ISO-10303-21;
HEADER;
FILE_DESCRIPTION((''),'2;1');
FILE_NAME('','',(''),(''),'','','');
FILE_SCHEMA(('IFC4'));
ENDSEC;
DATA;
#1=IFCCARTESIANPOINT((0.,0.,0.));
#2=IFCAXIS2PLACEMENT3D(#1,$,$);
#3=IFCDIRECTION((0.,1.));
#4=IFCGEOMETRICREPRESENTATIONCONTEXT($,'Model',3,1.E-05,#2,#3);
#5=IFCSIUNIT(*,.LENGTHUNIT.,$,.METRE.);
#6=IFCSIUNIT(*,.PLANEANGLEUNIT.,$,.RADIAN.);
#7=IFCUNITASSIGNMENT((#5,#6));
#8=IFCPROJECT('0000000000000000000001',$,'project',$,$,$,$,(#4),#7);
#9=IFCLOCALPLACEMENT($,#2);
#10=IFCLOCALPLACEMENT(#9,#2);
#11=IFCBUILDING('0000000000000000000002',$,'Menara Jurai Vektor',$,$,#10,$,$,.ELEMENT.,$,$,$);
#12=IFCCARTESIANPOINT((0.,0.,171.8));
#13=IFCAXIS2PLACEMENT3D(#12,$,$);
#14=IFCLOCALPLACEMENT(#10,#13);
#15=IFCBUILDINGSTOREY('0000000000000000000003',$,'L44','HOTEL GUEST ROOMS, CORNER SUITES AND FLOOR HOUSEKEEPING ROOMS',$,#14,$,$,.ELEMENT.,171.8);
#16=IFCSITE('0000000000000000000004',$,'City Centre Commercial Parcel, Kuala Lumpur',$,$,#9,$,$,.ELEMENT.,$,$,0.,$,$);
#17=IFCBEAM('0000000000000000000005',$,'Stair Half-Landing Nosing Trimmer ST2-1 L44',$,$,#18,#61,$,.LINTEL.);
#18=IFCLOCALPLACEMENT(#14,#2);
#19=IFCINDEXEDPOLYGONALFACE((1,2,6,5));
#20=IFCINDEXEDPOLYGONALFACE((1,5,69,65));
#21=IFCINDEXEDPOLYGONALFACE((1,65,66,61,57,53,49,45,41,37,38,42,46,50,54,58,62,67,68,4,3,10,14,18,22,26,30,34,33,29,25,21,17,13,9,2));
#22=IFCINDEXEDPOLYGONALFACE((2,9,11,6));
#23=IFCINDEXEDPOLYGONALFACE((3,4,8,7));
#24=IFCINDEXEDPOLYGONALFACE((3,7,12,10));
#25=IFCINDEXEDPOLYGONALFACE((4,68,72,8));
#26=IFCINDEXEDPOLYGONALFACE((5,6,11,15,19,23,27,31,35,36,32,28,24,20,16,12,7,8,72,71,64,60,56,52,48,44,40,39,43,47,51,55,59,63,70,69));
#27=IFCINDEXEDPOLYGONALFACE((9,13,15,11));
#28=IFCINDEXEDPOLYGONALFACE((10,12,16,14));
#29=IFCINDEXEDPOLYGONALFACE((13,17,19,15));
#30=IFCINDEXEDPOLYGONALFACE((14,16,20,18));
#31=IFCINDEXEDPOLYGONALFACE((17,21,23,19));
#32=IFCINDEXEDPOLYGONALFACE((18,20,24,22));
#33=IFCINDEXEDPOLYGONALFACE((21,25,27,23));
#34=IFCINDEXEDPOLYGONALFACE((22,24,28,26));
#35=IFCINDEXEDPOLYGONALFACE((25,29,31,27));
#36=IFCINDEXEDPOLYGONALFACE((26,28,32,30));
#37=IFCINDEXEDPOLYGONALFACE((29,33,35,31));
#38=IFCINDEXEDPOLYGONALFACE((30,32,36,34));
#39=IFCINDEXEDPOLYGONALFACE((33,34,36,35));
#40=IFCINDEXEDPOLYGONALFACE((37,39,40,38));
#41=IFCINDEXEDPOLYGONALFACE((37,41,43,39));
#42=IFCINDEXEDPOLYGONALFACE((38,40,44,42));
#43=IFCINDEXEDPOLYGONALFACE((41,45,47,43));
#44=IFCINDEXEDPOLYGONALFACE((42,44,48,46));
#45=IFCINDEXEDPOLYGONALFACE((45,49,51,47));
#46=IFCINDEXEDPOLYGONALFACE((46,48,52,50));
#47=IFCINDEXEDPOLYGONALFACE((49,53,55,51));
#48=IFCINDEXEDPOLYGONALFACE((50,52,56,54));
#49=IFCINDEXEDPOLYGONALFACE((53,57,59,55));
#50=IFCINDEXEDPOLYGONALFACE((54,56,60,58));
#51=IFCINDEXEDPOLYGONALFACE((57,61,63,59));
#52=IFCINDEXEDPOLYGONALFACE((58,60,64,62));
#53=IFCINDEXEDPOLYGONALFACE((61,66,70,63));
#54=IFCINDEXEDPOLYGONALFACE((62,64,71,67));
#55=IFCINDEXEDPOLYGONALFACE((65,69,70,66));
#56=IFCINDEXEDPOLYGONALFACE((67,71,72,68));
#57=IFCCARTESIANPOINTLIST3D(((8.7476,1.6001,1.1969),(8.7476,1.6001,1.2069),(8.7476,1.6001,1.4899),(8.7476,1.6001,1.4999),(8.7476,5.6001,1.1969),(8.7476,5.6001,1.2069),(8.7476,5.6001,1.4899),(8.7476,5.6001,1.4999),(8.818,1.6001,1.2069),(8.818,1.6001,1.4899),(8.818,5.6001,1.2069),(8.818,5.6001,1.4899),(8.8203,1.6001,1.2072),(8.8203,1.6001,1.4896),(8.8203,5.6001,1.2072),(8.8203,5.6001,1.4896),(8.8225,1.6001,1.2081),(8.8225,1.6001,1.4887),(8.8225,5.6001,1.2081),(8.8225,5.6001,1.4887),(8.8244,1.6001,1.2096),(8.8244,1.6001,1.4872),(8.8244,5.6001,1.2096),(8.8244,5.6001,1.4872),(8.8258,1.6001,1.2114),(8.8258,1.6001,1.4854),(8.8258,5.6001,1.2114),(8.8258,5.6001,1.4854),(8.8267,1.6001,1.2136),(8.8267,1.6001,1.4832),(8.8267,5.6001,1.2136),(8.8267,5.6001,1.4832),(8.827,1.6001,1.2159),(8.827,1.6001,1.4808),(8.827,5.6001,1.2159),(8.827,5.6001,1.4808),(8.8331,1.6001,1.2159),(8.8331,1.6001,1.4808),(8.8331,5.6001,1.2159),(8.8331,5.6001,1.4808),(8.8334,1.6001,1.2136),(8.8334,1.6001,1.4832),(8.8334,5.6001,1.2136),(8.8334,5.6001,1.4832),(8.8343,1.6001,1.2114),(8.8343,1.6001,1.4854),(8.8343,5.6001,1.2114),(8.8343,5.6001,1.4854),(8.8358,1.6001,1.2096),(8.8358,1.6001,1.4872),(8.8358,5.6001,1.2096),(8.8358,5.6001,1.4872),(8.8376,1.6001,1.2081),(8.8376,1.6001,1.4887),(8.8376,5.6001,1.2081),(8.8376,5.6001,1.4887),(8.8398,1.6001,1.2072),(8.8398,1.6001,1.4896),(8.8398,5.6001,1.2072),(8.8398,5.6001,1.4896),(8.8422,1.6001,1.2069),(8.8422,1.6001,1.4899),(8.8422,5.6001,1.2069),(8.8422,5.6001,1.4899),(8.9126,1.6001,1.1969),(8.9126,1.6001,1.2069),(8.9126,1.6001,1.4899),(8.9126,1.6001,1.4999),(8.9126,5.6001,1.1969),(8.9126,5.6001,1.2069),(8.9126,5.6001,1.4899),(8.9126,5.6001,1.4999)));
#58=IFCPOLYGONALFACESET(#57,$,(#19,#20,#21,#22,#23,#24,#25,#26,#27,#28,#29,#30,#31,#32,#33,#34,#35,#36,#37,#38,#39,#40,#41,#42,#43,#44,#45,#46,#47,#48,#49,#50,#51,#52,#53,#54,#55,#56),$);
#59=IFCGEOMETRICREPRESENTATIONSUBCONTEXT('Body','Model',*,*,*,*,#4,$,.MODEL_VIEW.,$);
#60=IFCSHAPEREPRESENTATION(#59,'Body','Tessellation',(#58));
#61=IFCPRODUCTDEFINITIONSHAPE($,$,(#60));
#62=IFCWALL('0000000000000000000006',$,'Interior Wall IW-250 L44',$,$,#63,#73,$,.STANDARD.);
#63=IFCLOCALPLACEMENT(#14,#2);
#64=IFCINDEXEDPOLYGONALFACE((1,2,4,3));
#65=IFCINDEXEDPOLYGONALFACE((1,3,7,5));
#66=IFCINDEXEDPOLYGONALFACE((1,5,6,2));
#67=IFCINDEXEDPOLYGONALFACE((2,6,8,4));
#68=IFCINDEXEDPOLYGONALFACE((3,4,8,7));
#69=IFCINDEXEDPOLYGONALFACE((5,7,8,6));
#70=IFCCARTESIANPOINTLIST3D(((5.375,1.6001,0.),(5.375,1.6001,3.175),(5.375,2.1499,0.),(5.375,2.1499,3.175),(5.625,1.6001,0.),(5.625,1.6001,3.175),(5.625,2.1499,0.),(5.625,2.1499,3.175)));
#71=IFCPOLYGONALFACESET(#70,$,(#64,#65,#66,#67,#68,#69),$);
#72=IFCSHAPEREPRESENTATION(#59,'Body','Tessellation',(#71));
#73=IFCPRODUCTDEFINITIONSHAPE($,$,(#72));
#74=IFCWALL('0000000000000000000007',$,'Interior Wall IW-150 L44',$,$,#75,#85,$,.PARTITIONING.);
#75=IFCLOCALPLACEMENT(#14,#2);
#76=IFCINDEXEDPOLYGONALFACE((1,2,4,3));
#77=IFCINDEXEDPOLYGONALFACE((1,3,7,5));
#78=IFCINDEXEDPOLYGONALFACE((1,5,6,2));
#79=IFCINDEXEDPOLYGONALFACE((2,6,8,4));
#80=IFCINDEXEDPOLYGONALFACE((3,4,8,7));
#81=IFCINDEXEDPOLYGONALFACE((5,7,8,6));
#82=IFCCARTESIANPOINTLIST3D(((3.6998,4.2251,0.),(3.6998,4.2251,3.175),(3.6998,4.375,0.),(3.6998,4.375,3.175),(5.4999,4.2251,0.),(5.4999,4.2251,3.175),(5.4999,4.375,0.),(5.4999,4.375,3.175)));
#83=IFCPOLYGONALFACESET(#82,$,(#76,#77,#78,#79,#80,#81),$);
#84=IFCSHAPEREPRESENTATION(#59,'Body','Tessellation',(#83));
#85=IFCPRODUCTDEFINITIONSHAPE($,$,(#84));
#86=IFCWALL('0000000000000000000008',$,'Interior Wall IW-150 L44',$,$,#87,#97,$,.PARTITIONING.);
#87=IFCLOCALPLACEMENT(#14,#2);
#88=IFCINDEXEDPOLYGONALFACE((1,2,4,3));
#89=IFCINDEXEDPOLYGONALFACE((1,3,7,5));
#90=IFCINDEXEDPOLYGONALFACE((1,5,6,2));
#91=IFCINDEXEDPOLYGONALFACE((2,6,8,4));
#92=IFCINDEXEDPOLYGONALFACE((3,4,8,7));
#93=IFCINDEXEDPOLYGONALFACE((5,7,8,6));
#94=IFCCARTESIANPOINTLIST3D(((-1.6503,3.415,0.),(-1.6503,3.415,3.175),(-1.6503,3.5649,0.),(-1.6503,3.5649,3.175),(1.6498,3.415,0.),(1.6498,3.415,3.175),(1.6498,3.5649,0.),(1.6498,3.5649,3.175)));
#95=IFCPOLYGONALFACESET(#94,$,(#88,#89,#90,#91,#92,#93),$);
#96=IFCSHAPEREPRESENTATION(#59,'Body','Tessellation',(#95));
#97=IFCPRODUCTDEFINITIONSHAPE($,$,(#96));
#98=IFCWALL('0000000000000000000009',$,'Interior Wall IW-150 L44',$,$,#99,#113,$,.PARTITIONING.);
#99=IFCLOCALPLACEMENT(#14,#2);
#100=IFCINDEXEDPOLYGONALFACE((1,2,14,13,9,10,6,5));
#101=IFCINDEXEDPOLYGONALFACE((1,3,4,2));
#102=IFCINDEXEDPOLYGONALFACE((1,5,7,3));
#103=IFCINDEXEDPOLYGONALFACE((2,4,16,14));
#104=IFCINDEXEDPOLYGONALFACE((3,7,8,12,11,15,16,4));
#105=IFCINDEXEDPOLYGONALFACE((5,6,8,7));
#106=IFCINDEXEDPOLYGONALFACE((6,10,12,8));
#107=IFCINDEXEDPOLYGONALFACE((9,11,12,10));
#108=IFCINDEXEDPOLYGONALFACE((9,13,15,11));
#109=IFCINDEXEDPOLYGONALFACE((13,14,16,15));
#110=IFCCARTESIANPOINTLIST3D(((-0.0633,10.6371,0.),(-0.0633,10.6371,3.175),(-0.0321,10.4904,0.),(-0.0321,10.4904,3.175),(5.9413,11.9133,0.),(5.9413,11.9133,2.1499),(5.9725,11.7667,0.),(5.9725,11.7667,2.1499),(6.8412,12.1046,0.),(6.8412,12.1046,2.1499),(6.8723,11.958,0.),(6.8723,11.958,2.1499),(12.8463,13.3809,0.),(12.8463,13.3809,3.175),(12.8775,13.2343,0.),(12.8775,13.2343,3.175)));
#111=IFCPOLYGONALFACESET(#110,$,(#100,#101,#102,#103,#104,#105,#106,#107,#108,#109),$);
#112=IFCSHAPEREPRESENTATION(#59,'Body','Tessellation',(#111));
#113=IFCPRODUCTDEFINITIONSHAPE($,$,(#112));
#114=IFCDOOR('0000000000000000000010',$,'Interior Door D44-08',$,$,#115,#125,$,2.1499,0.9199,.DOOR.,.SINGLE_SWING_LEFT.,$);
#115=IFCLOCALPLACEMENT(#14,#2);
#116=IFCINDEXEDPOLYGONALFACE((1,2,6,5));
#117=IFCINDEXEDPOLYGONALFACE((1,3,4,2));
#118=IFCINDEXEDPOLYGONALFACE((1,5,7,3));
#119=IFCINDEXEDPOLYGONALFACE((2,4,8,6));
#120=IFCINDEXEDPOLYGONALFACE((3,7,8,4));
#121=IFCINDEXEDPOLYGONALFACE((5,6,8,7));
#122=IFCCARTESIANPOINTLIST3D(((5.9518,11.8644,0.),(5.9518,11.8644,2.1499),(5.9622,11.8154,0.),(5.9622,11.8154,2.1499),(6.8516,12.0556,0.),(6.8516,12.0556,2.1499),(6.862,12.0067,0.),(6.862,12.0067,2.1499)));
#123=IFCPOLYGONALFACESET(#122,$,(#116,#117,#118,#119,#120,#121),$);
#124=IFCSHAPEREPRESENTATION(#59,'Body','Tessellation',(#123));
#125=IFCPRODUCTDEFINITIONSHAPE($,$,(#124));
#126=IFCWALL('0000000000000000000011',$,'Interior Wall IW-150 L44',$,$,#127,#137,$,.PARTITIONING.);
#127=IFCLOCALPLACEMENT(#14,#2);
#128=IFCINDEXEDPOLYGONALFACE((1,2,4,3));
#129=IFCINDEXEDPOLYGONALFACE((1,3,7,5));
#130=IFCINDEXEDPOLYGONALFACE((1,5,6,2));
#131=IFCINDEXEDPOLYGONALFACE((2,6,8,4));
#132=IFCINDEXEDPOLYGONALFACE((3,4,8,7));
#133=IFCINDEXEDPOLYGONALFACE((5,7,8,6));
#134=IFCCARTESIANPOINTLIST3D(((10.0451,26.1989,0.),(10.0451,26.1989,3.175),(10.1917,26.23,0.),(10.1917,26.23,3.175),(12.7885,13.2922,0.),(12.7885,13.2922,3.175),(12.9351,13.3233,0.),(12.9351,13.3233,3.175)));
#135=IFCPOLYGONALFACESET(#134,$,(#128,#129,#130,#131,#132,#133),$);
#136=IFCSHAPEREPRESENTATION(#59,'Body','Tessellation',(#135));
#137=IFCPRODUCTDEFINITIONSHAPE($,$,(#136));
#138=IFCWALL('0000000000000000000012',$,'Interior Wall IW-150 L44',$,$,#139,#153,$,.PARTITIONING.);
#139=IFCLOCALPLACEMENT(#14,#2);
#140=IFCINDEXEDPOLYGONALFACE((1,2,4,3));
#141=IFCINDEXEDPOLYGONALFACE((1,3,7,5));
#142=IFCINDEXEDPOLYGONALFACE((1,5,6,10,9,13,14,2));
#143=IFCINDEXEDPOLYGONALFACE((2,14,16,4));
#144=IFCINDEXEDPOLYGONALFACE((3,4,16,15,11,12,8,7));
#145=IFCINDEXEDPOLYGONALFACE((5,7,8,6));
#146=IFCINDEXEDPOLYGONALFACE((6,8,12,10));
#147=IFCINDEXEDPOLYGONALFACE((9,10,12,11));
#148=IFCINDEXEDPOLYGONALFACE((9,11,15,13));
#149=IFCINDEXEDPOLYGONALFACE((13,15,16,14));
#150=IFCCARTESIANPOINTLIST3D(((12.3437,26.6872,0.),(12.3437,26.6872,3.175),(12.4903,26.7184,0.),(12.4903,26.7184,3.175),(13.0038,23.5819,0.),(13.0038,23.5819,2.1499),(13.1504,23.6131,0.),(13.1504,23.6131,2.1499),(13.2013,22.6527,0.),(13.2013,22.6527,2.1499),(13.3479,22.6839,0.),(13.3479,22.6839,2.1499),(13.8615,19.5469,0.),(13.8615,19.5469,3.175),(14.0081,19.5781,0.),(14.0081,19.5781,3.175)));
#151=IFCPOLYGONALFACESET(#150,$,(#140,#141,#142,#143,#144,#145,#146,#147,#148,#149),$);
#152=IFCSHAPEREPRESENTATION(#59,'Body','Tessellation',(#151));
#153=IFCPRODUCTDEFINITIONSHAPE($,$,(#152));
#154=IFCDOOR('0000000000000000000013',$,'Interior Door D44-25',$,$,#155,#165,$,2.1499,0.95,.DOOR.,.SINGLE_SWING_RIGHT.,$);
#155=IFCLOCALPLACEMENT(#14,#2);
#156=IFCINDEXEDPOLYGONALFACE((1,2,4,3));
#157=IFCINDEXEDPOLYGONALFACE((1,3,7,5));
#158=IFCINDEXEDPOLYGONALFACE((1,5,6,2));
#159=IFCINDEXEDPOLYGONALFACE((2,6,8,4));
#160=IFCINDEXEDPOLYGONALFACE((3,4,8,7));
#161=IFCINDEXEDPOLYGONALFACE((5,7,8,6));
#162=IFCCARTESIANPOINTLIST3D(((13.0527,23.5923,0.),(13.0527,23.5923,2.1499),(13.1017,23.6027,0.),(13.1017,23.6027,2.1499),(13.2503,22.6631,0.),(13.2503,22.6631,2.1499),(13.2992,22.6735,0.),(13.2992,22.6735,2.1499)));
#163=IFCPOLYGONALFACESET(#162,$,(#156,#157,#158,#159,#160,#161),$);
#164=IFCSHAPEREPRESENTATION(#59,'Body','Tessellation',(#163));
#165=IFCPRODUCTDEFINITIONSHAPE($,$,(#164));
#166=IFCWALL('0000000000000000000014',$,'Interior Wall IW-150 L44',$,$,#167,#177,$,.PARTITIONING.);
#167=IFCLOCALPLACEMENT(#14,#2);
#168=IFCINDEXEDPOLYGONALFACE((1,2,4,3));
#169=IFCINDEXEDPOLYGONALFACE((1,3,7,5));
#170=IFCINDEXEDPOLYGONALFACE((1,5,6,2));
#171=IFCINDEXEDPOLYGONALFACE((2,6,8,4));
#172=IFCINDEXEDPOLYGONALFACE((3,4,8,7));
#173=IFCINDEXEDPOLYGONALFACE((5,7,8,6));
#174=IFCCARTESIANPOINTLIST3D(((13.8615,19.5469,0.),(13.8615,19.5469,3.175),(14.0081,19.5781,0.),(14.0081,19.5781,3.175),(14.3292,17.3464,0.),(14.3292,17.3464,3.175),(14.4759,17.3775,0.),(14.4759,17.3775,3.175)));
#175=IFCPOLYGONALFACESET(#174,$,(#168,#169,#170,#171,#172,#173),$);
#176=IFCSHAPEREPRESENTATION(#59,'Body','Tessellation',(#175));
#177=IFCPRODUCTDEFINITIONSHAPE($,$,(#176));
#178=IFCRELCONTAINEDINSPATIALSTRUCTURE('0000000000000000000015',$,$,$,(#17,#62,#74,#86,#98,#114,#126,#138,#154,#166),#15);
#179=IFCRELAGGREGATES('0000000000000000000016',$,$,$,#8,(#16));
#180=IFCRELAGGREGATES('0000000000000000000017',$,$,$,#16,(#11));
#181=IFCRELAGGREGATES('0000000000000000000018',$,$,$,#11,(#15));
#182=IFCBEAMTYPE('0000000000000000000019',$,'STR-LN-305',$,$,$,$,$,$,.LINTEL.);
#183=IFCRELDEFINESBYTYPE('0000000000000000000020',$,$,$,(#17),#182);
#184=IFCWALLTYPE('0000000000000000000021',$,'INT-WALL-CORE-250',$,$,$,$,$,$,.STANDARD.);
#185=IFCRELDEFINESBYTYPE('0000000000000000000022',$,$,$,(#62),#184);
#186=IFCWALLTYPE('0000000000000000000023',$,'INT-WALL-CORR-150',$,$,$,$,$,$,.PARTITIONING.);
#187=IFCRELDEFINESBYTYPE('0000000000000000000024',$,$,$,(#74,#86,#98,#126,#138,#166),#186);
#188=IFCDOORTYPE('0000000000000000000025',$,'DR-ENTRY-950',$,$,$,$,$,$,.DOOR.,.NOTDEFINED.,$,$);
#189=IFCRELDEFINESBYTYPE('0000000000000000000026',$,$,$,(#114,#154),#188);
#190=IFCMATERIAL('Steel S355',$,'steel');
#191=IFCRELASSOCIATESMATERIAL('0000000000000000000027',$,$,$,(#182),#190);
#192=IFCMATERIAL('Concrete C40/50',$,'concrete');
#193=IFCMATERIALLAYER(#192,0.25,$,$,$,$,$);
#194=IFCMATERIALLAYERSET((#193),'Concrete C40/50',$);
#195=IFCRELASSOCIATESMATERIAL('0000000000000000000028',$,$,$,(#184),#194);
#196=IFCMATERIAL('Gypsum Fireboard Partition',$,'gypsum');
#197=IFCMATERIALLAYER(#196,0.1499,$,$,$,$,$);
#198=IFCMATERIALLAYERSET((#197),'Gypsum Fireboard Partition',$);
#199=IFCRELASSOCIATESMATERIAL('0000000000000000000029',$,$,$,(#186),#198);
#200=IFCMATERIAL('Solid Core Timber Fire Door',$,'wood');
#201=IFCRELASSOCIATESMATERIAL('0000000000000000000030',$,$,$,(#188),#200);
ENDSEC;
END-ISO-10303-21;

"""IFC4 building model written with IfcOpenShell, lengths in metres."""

from ifc_helpers import new_model, si_unit, direction, frame, frame_2d, origin, origin_2d, place, context, subcontext, project, spatial, rectangle, i_section, extrude, material, layer, layer_set, material_profile, profile_set, type_object, element, fill, save


model = new_model("IFC4")

# Units and contexts
model_context = context("Model", 3, precision=1e-05, world=origin(), true_north=direction((0.0, 1.0)))
body_context = subcontext(model_context, "Body", "Model", "MODEL_VIEW")
ifc_project = project(units=[si_unit("LENGTHUNIT", "METRE"), si_unit("PLANEANGLEUNIT", "RADIAN")], contexts=[model_context])

# Site, building, storey
site_placement = place(None, origin())
site = spatial("IfcSite", under=ifc_project, at=site_placement, Name="City Centre Commercial Parcel, Kuala Lumpur", CompositionType="ELEMENT", RefElevation=0.0)
building_placement = place(site_placement, origin())
building = spatial("IfcBuilding", under=site, at=building_placement, Name="Menara Jurai Vektor", CompositionType="ELEMENT")
storey_placement = place(building_placement, frame((0.0, 0.0, 171.8)))
storey = spatial("IfcBuildingStorey", under=building, at=storey_placement, Name="L44", Description="HOTEL GUEST ROOMS, CORNER SUITES AND FLOOR HOUSEKEEPING ROOMS", CompositionType="ELEMENT", Elevation=171.8)

# Shared definitions
ifc_material_1 = material(Name="Steel S355", Category="steel")

# Beam
ifc_material_profile_1 = material_profile(ifc_material_1, i_section(OverallWidth=0.165, OverallDepth=0.303, WebThickness=0.0061, FlangeThickness=0.01, FilletRadius=0.009, at=origin_2d()), Name="UKB 305x165x40")
ifc_profile_set_1 = profile_set([ifc_material_profile_1], Name="Steel S355")
beam_type_1 = type_object("IfcBeamType", Name="STR-LN-305", PredefinedType="LINTEL", material=ifc_profile_set_1)
beam_1_placement = place(storey_placement, frame((8.8301, 1.6001, 1.3484), z_axis=(0.0, 1.0, 0.0), x_axis=(-1.0, 0.0, 0.0)))
element("IfcBeam", 1, at=beam_1_placement, inside=storey, type_object=beam_type_1, Name="Stair Half-Landing Nosing Trimmer ST2-1 L44", PredefinedType="LINTEL", context=body_context, shape_type="SweptSolid", body=[
    extrude(i_section(OverallWidth=0.165, OverallDepth=0.303, WebThickness=0.0061, FlangeThickness=0.01, FilletRadius=0.009, at=origin_2d()), origin(), (0.0, 0.0, 1.0), 4.0),
])

# Shared definitions
ifc_material_2 = material(Name="Concrete C40/50", Category="concrete")
ifc_layer_1 = layer(ifc_material_2, 0.25)
ifc_layer_set_1 = layer_set([ifc_layer_1], Name="Concrete C40/50")
wall_type_1 = type_object("IfcWallType", Name="INT-WALL-CORE-250", PredefinedType="STANDARD", material=ifc_layer_set_1)

# Walls
wall_1_placement = place(storey_placement, frame((5.5, 1.6001, 0.0), z_axis=(0.0, 0.0, 1.0), x_axis=(0.0, 1.0, 0.0)))
element("IfcWall", 2, at=wall_1_placement, inside=storey, type_object=wall_type_1, Name="Interior Wall IW-250 L44", PredefinedType="STANDARD", context=body_context, shape_type="SweptSolid", body=[
    extrude(rectangle(XDim=0.5498, YDim=0.25, at=frame_2d((0.2749, 0.0))), origin(), (0.0, 0.0, 1.0), 3.175),
])
ifc_material_3 = material(Name="Gypsum Fireboard Partition", Category="gypsum")
ifc_layer_2 = layer(ifc_material_3, 0.1499)
ifc_layer_set_2 = layer_set([ifc_layer_2], Name="Gypsum Fireboard Partition")
wall_type_2 = type_object("IfcWallType", Name="INT-WALL-CORR-150", PredefinedType="PARTITIONING", material=ifc_layer_set_2)
wall_2_placement = place(storey_placement, frame((3.7, 4.3, 0.0), z_axis=(0.0, 0.0, 1.0), x_axis=(1.0, 0.0, 0.0)))
element("IfcWall", 3, at=wall_2_placement, inside=storey, type_object=wall_type_2, Name="Interior Wall IW-150 L44", PredefinedType="PARTITIONING", context=body_context, shape_type="SweptSolid", body=[
    extrude(rectangle(XDim=1.8, YDim=0.1499, at=frame_2d((0.8999, 0.0))), origin(), (0.0, 0.0, 1.0), 3.175),
])
wall_3_placement = place(storey_placement, frame((-1.6501, 3.49, 0.0), z_axis=(0.0, 0.0, 1.0), x_axis=(1.0, 0.0, 0.0)))
element("IfcWall", 4, at=wall_3_placement, inside=storey, type_object=wall_type_2, Name="Interior Wall IW-150 L44", PredefinedType="PARTITIONING", context=body_context, shape_type="SweptSolid", body=[
    extrude(rectangle(XDim=3.3, YDim=0.1499, at=frame_2d((1.6499, 0.0))), origin(), (0.0, 0.0, 1.0), 3.175),
])

# Wall, opening, door
wall_4_placement = place(storey_placement, frame((-0.0479, 10.5637, 0.0), z_axis=(0.0, 0.0, 1.0), x_axis=(0.97815, 0.207902, 0.0)))
wall_4 = element("IfcWall", 5, at=wall_4_placement, inside=storey, type_object=wall_type_2, Name="Interior Wall IW-150 L44", PredefinedType="PARTITIONING", context=body_context, shape_type="SweptSolid", body=[
    extrude(rectangle(XDim=13.198, YDim=0.1499, at=frame_2d((6.5991, 0.0))), origin(), (0.0, 0.0, 1.0), 3.175),
])
opening_1_placement = place(wall_4_placement, frame((6.1389, 0.0, 0.0)))
opening_1 = element("IfcOpeningElement", 6, at=opening_1_placement, cuts=wall_4, PredefinedType="OPENING", context=body_context, shape_type="SweptSolid", body=[
    extrude(rectangle(XDim=0.9199, YDim=2.1499, at=frame_2d((0.46, 1.075))), frame((0.0, 0.085, 0.0), z_axis=(0.0, -1.0, 0.0), x_axis=(1.0, 0.0, 0.0)), (0.0, 0.0, 1.0), 0.1699),
])
ifc_material_4 = material(Name="Solid Core Timber Fire Door", Category="wood")
door_type_1 = type_object("IfcDoorType", Name="DR-ENTRY-950", OperationType="NOTDEFINED", PredefinedType="DOOR", material=ifc_material_4)
door_1_placement = place(opening_1_placement, origin())
door_1 = element("IfcDoor", 7, at=door_1_placement, inside=storey, type_object=door_type_1, Name="Interior Door D44-08", OperationType="SINGLE_SWING_LEFT", OverallHeight=2.1499, OverallWidth=0.9199, PredefinedType="DOOR", context=body_context, shape_type="SweptSolid", body=[
    extrude(rectangle(XDim=0.9199, YDim=2.1499, at=frame_2d((0.46, 1.075))), frame((0.0, 0.0249, 0.0), z_axis=(0.0, -1.0, 0.0), x_axis=(1.0, 0.0, 0.0)), (0.0, 0.0, 1.0), 0.05),
])
fill(opening_1, door_1)

# Wall
wall_5_placement = place(storey_placement, frame((12.8618, 13.3076, 0.0), z_axis=(0.0, 0.0, 1.0), x_axis=(-0.207911, 0.978148, 0.0)))
element("IfcWall", 8, at=wall_5_placement, inside=storey, type_object=wall_type_2, Name="Interior Wall IW-150 L44", PredefinedType="PARTITIONING", context=body_context, shape_type="SweptSolid", body=[
    extrude(rectangle(XDim=13.1951, YDim=0.1499, at=frame_2d((6.5977, 0.0))), origin(), (0.0, 0.0, 1.0), 3.175),
])

# Wall, opening, door
wall_6_placement = place(storey_placement, frame((13.9348, 19.5625, 0.0), z_axis=(0.0, 0.0, 1.0), x_axis=(-0.207923, 0.978145, 0.0)))
wall_6 = element("IfcWall", 9, at=wall_6_placement, inside=storey, type_object=wall_type_2, Name="Interior Wall IW-150 L44", PredefinedType="PARTITIONING", context=body_context, shape_type="SweptSolid", body=[
    extrude(rectangle(XDim=7.2998, YDim=0.1499, at=frame_2d((3.6499, 0.0))), origin(), (0.0, 0.0, 1.0), 3.175),
])
opening_2_placement = place(wall_6_placement, frame((3.175, 0.0, 0.0)))
opening_2 = element("IfcOpeningElement", 10, at=opening_2_placement, cuts=wall_6, PredefinedType="OPENING", context=body_context, shape_type="SweptSolid", body=[
    extrude(rectangle(XDim=0.95, YDim=2.1499, at=frame_2d((0.4751, 1.075))), frame((0.0, 0.085, 0.0), z_axis=(0.0, -1.0, 0.0), x_axis=(1.0, 0.0, 0.0)), (0.0, 0.0, 1.0), 0.1699),
])
door_2_placement = place(opening_2_placement, origin())
door_2 = element("IfcDoor", 11, at=door_2_placement, inside=storey, type_object=door_type_1, Name="Interior Door D44-25", OperationType="SINGLE_SWING_RIGHT", OverallHeight=2.1499, OverallWidth=0.95, PredefinedType="DOOR", context=body_context, shape_type="SweptSolid", body=[
    extrude(rectangle(XDim=0.95, YDim=2.1499, at=frame_2d((0.4751, 1.075))), frame((0.0, 0.0249, 0.0), z_axis=(0.0, -1.0, 0.0), x_axis=(1.0, 0.0, 0.0)), (0.0, 0.0, 1.0), 0.05),
])
fill(opening_2, door_2)

# Wall
wall_7_placement = place(storey_placement, frame((14.4026, 17.3618, 0.0), z_axis=(0.0, 0.0, 1.0), x_axis=(-0.207913, 0.978147, 0.0)))
element("IfcWall", 12, at=wall_7_placement, inside=storey, type_object=wall_type_2, Name="Interior Wall IW-150 L44", PredefinedType="PARTITIONING", context=body_context, shape_type="SweptSolid", body=[
    extrude(rectangle(XDim=2.2498, YDim=0.1499, at=frame_2d((1.125, 0.0))), origin(), (0.0, 0.0, 1.0), 3.175),
])

save(model, "model.ifc")
